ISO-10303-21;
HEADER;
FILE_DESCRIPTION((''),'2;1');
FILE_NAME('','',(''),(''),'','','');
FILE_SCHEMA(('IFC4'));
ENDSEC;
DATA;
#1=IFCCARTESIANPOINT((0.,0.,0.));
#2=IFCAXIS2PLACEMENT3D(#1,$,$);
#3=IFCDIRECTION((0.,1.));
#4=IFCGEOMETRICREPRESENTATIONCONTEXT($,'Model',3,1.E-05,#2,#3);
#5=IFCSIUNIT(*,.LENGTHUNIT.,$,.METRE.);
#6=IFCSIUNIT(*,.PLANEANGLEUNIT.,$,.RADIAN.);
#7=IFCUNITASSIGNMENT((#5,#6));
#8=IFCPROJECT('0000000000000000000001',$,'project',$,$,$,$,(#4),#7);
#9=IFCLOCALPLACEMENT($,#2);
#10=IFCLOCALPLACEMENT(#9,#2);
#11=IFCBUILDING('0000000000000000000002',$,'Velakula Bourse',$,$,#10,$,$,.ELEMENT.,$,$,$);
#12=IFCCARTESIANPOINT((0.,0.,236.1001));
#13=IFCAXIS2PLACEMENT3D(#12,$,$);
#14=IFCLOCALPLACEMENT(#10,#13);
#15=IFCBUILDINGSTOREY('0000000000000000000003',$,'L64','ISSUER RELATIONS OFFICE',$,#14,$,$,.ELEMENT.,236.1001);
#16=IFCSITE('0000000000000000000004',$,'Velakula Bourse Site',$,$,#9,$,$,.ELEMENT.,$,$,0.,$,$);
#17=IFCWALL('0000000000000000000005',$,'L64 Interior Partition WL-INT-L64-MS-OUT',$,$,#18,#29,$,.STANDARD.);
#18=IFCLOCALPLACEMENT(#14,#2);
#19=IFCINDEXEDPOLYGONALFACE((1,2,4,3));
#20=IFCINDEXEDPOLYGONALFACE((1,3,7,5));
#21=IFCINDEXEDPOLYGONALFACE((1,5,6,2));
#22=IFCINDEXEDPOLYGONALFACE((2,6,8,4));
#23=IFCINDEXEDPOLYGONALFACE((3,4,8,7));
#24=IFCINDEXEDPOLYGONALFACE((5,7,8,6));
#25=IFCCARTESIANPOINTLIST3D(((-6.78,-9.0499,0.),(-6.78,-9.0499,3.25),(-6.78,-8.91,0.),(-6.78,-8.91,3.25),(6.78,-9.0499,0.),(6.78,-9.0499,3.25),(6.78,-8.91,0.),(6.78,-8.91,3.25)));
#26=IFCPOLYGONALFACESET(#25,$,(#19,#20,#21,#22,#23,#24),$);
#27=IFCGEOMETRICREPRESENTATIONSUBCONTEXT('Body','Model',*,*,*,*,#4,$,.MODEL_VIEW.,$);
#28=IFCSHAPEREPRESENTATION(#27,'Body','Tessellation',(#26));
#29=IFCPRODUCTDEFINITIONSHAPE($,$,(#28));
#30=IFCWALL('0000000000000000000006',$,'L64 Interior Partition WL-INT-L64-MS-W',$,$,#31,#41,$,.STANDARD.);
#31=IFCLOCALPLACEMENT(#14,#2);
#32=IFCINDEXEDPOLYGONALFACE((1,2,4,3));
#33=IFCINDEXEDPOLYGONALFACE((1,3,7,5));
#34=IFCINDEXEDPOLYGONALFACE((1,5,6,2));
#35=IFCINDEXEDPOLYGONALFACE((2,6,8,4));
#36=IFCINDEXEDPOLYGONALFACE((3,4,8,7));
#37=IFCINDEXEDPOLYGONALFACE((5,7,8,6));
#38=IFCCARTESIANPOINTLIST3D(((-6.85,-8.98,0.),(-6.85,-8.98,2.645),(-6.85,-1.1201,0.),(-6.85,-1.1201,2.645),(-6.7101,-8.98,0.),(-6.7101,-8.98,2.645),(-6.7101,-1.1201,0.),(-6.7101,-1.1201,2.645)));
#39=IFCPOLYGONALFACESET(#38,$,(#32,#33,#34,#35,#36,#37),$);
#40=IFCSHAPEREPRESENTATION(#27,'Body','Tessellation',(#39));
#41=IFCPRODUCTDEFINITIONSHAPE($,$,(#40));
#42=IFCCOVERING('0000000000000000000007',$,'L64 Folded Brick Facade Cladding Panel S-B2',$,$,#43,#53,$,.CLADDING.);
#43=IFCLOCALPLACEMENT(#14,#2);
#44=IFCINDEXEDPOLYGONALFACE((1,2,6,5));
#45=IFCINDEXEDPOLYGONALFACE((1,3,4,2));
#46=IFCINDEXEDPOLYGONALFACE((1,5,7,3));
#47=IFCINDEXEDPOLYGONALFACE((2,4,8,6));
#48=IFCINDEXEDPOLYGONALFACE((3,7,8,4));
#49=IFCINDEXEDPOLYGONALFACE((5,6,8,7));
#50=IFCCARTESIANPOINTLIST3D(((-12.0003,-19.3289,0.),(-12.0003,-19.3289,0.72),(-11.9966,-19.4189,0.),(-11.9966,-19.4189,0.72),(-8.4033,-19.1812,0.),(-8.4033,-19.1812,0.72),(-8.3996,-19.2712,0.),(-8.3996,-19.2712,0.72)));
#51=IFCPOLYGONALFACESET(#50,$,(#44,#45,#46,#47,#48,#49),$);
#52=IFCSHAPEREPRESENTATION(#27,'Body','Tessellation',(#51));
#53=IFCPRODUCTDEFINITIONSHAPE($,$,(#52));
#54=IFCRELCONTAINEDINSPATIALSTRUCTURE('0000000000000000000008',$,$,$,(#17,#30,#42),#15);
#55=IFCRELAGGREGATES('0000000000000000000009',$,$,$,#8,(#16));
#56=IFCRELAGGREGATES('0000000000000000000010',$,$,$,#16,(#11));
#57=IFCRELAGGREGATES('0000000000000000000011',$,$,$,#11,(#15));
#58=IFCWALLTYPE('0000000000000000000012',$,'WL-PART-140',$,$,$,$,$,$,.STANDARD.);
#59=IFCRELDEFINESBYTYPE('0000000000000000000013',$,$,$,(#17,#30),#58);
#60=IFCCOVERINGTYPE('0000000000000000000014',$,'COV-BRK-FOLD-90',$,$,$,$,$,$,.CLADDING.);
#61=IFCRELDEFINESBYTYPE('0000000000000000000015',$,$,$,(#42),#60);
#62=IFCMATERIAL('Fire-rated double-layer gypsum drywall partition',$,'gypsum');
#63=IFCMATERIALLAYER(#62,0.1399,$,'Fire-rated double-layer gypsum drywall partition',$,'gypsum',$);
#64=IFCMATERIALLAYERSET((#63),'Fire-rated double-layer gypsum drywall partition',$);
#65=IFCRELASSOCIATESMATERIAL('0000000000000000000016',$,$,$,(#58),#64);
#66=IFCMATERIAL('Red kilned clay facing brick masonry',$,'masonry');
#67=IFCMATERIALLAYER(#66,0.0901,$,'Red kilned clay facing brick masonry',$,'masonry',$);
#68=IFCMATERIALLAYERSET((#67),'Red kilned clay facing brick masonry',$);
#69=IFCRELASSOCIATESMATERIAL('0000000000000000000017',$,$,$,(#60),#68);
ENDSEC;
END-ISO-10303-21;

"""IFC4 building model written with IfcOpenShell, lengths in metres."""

from ifc_helpers import new_model, si_unit, direction, frame, frame_2d, origin, origin_2d, place, context, subcontext, project, spatial, rectangle, extrude, material, layer, layer_set, type_object, element, save


model = new_model("IFC4")

# Units and contexts
model_context = context("Model", 3, precision=1e-05, world=origin(), true_north=direction((0.0, 1.0)))
body_context = subcontext(model_context, "Body", "Model", "MODEL_VIEW")
ifc_project = project(units=[si_unit("LENGTHUNIT", "METRE"), si_unit("PLANEANGLEUNIT", "RADIAN")], contexts=[model_context])

# Site, building, storey
site_placement = place(None, origin())
site = spatial("IfcSite", under=ifc_project, at=site_placement, Name="Velakula Bourse Site", CompositionType="ELEMENT", RefElevation=0.0)
building_placement = place(site_placement, origin())
building = spatial("IfcBuilding", under=site, at=building_placement, Name="Velakula Bourse", CompositionType="ELEMENT")
storey_placement = place(building_placement, frame((0.0, 0.0, 236.1001)))
storey = spatial("IfcBuildingStorey", under=building, at=storey_placement, Name="L64", Description="ISSUER RELATIONS OFFICE", CompositionType="ELEMENT", Elevation=236.1001)

# Walls
ifc_material_1 = material(Name="Fire-rated double-layer gypsum drywall partition", Category="gypsum")
ifc_layer_1 = layer(ifc_material_1, 0.1399, Name="Fire-rated double-layer gypsum drywall partition", Category="gypsum")
ifc_layer_set_1 = layer_set([ifc_layer_1], Name="Fire-rated double-layer gypsum drywall partition")
wall_type_1 = type_object("IfcWallType", Name="WL-PART-140", PredefinedType="STANDARD", material=ifc_layer_set_1)
wall_1_placement = place(storey_placement, frame((-6.78, -8.98, 0.0), z_axis=(0.0, 0.0, 1.0), x_axis=(1.0, 0.0, 0.0)))
element("IfcWall", 1, at=wall_1_placement, inside=storey, type_object=wall_type_1, Name="L64 Interior Partition WL-INT-L64-MS-OUT", PredefinedType="STANDARD", context=body_context, shape_type="SweptSolid", body=[
    extrude(rectangle(XDim=13.5601, YDim=0.1399, at=frame_2d((6.78, 0.0))), origin(), (0.0, 0.0, 1.0), 3.25),
])
wall_2_placement = place(storey_placement, frame((-6.78, -8.98, 0.0), z_axis=(0.0, 0.0, 1.0), x_axis=(0.0, 1.0, 0.0)))
element("IfcWall", 2, at=wall_2_placement, inside=storey, type_object=wall_type_1, Name="L64 Interior Partition WL-INT-L64-MS-W", PredefinedType="STANDARD", context=body_context, shape_type="SweptSolid", body=[
    extrude(rectangle(XDim=7.8599, YDim=0.1399, at=frame_2d((3.9299, 0.0))), origin(), (0.0, 0.0, 1.0), 2.645),
])

# Covering
ifc_material_2 = material(Name="Red kilned clay facing brick masonry", Category="masonry")
ifc_layer_2 = layer(ifc_material_2, 0.0901, Name="Red kilned clay facing brick masonry", Category="masonry")
ifc_layer_set_2 = layer_set([ifc_layer_2], Name="Red kilned clay facing brick masonry")
covering_type = type_object("IfcCoveringType", Name="COV-BRK-FOLD-90", PredefinedType="CLADDING", material=ifc_layer_set_2)
covering_placement = place(storey_placement, frame((-10.2, -19.3, 0.0), z_axis=(0.0, 0.0, 1.0), x_axis=(0.999159, 0.041004, 0.0)))
element("IfcCovering", 3, at=covering_placement, inside=storey, type_object=covering_type, Name="L64 Folded Brick Facade Cladding Panel S-B2", PredefinedType="CLADDING", context=body_context, shape_type="SweptSolid", body=[
    extrude(rectangle(XDim=3.6001, YDim=0.0901, at=origin_2d()), origin(), (0.0, 0.0, 1.0), 0.72),
])

save(model, "model.ifc")
